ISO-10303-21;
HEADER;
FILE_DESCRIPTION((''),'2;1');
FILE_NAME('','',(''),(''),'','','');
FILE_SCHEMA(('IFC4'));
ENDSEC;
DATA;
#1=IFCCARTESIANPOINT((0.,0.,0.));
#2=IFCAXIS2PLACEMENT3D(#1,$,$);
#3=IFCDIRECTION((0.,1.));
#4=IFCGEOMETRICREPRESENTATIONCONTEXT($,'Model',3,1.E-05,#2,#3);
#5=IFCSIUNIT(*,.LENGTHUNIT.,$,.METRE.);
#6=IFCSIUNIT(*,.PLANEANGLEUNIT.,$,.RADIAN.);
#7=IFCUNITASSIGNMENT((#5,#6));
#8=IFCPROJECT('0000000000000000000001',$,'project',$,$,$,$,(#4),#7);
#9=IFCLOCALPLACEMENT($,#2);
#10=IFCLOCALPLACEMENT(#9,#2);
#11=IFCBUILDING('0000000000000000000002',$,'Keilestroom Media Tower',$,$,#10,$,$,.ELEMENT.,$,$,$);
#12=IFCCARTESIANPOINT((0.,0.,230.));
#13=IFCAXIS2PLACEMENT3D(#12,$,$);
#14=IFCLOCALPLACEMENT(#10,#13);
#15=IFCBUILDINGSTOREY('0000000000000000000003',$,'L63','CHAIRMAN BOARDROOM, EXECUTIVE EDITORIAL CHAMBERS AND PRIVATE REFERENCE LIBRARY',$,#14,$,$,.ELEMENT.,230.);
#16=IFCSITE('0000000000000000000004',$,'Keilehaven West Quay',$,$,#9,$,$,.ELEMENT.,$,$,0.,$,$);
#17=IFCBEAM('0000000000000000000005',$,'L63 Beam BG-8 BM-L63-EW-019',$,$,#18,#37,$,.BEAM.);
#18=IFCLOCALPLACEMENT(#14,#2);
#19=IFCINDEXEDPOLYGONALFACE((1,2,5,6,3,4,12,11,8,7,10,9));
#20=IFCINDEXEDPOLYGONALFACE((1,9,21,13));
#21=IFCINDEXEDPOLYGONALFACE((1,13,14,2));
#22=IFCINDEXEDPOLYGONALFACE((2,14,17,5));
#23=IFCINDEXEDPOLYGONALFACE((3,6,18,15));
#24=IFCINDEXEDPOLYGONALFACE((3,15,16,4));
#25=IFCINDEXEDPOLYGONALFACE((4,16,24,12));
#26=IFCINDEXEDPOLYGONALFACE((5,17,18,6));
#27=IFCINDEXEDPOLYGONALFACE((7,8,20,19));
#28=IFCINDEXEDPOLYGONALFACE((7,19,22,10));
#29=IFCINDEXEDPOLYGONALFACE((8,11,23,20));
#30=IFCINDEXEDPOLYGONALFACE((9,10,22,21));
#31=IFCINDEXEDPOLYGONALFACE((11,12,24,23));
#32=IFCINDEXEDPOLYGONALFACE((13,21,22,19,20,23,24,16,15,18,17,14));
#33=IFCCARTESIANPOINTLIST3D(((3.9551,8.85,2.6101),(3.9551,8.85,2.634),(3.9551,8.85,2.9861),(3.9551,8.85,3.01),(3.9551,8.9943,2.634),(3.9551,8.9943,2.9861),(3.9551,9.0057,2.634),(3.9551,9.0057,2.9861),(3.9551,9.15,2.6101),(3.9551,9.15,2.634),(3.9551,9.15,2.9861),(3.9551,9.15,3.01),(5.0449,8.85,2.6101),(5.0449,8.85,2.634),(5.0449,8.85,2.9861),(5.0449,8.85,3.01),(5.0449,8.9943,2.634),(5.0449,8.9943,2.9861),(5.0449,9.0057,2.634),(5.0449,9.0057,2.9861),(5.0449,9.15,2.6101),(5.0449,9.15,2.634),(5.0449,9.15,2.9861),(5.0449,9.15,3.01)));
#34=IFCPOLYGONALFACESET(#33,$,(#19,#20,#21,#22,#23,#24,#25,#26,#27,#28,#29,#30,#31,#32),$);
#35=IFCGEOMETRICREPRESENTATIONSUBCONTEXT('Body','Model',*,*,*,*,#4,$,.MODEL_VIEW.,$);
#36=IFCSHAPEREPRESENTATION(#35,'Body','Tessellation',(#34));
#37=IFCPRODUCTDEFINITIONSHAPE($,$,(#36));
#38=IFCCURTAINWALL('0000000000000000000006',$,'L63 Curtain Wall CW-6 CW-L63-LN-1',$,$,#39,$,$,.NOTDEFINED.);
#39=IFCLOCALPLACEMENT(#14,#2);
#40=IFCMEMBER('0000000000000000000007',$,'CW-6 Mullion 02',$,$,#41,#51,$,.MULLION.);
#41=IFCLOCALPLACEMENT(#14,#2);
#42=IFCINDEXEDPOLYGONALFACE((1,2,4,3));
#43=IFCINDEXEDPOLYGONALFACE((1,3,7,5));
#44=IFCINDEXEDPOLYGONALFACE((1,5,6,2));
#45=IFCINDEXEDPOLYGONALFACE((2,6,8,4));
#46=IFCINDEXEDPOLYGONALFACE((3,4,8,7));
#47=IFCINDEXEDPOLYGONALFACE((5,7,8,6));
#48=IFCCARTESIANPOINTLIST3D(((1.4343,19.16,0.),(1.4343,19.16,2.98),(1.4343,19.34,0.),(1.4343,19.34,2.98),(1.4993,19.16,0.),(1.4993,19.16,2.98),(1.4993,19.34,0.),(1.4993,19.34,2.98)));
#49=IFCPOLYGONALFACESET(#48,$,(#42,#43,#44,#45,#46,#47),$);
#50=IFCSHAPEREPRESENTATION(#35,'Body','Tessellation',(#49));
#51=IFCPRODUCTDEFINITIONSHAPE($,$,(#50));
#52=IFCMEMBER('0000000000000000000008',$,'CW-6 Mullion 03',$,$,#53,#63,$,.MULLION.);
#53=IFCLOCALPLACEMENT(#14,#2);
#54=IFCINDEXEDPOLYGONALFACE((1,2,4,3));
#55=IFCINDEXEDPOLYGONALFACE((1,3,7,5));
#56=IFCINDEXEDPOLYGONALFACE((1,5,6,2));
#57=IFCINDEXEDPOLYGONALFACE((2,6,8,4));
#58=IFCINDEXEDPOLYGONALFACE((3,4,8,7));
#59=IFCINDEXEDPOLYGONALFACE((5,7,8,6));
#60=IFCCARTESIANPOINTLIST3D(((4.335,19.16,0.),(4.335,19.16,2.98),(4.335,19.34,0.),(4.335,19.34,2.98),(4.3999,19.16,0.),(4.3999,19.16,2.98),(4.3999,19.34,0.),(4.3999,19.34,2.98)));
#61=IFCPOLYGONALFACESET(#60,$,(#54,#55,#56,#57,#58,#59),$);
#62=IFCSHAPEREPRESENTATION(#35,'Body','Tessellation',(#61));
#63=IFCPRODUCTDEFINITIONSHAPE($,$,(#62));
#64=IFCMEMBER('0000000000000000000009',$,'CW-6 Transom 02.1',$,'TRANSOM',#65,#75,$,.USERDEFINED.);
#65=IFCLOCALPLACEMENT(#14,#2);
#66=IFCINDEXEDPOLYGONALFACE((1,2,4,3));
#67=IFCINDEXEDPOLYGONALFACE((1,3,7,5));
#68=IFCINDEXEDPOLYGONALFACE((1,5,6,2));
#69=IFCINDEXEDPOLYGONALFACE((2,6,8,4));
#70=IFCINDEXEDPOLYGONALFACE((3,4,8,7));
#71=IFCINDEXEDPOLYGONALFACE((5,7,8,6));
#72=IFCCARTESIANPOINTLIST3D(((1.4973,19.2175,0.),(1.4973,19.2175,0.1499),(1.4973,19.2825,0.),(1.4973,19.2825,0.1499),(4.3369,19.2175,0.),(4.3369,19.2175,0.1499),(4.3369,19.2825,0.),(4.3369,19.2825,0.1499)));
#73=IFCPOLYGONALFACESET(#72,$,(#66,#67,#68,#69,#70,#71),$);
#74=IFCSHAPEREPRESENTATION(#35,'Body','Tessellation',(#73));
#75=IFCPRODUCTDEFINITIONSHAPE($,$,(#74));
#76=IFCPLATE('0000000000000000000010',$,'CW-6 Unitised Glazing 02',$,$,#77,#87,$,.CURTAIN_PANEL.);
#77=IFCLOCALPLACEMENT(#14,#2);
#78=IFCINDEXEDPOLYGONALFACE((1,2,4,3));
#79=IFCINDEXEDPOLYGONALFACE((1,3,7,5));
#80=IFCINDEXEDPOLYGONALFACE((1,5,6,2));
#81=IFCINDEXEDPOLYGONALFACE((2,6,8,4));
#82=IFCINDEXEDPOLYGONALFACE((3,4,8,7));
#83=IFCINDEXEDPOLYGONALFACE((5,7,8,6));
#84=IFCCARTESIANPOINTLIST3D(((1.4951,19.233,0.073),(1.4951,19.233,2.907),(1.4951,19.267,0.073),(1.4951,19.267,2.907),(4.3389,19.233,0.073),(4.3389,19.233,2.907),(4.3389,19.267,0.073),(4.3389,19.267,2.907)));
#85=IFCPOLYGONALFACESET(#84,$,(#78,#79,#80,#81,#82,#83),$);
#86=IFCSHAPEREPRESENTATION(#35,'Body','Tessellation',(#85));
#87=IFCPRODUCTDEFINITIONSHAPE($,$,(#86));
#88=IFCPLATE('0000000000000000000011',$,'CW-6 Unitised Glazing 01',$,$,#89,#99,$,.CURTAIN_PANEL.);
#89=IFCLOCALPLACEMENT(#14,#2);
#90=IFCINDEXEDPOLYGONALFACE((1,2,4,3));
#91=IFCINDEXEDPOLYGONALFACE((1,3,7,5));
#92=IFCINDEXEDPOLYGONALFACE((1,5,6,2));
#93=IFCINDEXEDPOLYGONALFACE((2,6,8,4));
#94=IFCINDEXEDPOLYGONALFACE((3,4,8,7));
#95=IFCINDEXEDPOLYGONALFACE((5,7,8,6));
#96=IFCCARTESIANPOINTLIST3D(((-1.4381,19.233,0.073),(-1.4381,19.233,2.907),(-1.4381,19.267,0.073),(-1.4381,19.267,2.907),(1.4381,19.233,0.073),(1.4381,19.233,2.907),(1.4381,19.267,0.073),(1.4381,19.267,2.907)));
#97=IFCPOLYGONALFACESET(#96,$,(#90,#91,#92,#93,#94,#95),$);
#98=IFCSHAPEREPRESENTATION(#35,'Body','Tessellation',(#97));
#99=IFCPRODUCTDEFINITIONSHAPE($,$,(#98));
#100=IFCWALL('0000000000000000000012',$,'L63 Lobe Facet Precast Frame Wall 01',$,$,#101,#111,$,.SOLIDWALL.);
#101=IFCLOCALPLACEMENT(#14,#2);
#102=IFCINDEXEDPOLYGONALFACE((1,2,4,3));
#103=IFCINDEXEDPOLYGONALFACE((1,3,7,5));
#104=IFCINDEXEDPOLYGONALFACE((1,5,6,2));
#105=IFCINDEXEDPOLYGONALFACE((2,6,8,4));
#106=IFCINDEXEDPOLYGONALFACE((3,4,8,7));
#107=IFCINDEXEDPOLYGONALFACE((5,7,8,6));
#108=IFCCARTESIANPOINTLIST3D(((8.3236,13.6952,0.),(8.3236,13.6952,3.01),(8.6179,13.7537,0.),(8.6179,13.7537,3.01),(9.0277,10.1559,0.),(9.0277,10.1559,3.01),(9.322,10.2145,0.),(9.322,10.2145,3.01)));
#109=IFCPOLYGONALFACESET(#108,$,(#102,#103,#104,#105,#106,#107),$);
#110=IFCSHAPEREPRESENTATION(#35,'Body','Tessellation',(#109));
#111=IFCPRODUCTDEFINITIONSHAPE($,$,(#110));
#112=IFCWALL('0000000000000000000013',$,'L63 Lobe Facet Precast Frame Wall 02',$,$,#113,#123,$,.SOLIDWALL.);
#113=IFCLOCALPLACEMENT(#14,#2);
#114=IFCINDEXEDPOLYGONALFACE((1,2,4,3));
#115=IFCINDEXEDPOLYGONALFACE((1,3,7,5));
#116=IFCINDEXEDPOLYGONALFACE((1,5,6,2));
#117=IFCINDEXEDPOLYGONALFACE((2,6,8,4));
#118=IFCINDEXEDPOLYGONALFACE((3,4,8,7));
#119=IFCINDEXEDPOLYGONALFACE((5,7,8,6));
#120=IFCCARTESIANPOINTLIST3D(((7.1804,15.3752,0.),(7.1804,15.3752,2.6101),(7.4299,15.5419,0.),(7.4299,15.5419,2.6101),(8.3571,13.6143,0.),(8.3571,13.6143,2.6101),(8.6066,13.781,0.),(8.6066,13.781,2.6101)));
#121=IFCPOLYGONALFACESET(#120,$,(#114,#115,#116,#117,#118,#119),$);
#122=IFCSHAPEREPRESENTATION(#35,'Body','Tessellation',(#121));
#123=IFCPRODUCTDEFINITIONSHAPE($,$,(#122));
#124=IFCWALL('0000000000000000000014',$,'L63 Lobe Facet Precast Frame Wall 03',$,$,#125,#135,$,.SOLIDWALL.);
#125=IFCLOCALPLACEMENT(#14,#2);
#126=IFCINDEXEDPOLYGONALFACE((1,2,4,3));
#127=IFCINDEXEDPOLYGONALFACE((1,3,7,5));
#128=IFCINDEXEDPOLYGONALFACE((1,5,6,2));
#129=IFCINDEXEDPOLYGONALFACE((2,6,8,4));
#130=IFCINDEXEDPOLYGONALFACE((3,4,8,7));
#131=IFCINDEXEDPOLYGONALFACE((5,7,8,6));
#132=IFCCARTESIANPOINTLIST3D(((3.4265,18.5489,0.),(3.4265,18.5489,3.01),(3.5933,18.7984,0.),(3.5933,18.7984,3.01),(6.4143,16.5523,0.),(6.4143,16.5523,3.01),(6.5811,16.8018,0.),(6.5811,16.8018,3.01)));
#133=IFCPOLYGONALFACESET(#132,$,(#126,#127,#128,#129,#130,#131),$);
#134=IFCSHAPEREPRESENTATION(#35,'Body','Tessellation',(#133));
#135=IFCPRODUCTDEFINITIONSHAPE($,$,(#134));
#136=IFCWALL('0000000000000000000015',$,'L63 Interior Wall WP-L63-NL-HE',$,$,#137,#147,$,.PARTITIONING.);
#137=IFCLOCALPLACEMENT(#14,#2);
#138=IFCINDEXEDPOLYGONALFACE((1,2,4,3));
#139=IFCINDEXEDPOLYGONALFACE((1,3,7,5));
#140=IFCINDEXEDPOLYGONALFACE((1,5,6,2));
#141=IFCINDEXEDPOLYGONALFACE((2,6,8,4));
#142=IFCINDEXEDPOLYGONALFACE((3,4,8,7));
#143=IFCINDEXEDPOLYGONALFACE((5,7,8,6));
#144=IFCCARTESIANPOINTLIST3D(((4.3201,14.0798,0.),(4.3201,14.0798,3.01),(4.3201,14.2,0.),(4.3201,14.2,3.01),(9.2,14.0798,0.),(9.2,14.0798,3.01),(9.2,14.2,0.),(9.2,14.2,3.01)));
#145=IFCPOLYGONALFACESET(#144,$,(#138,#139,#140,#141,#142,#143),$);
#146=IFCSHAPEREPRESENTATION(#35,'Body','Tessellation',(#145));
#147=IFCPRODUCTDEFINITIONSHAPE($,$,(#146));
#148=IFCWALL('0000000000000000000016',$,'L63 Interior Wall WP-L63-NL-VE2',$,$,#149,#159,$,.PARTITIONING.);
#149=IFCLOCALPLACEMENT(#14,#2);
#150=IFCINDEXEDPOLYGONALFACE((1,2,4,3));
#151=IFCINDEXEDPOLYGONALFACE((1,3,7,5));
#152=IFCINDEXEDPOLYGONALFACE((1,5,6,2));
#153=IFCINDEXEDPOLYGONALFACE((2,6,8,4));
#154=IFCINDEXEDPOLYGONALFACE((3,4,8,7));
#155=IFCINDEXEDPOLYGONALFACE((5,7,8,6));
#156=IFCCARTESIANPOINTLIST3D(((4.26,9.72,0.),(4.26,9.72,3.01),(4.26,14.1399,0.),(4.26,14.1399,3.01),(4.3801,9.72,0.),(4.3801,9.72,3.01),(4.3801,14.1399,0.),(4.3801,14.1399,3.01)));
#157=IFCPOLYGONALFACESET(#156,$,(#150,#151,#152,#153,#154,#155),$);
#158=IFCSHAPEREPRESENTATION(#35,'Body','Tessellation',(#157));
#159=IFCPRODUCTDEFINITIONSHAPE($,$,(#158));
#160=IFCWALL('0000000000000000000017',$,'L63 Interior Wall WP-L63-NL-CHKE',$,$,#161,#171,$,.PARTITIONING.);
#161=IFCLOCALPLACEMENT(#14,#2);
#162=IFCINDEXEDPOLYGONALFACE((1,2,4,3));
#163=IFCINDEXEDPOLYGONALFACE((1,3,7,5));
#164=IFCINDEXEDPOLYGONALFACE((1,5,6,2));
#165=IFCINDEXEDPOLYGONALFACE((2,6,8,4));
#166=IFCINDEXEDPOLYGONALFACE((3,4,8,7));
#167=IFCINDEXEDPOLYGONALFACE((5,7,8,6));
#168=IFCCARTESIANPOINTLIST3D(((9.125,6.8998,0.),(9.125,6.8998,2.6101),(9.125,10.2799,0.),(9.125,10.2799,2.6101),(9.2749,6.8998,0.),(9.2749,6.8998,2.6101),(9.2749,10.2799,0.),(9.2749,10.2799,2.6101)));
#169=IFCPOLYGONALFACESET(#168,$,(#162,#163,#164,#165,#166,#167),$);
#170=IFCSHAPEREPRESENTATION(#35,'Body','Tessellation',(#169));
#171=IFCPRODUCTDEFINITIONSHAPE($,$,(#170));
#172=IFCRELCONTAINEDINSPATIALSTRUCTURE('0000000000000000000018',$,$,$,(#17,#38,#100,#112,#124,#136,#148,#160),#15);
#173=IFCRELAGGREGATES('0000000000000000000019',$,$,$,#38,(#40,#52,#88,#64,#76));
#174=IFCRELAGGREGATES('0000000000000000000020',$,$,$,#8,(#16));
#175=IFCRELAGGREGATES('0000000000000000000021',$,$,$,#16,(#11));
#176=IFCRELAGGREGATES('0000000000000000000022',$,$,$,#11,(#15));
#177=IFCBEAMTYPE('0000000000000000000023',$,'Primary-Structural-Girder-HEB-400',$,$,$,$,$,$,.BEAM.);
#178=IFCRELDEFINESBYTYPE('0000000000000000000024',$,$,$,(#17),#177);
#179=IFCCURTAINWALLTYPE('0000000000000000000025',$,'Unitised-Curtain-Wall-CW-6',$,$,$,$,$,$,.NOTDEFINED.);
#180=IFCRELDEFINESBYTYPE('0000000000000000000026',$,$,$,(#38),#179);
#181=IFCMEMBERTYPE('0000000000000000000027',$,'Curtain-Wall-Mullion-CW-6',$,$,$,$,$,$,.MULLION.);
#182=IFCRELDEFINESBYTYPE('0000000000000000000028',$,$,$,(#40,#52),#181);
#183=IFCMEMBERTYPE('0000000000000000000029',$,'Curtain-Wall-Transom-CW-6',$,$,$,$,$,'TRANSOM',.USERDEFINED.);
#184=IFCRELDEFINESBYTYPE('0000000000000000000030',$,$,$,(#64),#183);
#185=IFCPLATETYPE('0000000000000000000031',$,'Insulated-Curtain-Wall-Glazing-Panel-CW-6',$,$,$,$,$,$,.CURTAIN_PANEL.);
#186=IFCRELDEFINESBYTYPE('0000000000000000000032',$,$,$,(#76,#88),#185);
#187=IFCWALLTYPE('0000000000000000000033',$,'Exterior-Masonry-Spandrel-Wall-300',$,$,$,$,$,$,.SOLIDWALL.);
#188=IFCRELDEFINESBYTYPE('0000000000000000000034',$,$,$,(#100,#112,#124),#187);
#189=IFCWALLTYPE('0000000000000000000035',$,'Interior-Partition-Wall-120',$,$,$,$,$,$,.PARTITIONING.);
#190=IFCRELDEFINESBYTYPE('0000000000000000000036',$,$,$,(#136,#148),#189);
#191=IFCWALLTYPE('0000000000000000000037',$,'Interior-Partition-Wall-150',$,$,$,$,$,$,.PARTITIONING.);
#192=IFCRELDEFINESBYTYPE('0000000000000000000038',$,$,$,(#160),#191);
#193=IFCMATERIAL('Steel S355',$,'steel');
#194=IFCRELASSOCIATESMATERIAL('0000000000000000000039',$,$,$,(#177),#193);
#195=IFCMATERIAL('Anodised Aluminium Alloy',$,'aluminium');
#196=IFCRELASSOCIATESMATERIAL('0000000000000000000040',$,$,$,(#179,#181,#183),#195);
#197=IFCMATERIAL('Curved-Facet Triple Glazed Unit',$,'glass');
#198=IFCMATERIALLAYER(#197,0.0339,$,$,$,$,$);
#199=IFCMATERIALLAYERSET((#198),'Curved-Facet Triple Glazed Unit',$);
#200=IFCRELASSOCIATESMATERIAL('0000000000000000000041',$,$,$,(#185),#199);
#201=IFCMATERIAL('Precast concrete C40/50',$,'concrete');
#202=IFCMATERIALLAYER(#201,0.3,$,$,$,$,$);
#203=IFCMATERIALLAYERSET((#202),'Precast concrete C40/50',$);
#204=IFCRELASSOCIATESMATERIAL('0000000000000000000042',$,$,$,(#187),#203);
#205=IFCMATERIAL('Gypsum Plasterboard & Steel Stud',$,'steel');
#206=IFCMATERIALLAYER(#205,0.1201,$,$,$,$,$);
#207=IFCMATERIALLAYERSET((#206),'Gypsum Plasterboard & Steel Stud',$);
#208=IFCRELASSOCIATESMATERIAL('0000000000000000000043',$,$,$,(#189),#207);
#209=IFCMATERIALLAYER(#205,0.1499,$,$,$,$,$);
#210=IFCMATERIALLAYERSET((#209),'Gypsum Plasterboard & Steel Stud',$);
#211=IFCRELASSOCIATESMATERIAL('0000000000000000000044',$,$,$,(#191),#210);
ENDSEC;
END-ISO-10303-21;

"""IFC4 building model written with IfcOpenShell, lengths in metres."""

from ifc_helpers import new_model, si_unit, direction, frame, frame_2d, origin, origin_2d, place, context, subcontext, project, spatial, rectangle, i_section, extrude, source, transform, mapped, material, layer, layer_set, material_profile, profile_set, type_object, element, aggregate, save


model = new_model("IFC4")

# Units and contexts
model_context = context("Model", 3, precision=1e-05, world=origin(), true_north=direction((0.0, 1.0)))
body_context = subcontext(model_context, "Body", "Model", "MODEL_VIEW")
ifc_project = project(units=[si_unit("LENGTHUNIT", "METRE"), si_unit("PLANEANGLEUNIT", "RADIAN")], contexts=[model_context])

# Site, building, storey
site_placement = place(None, origin())
site = spatial("IfcSite", under=ifc_project, at=site_placement, Name="Keilehaven West Quay", CompositionType="ELEMENT", RefElevation=0.0)
building_placement = place(site_placement, origin())
building = spatial("IfcBuilding", under=site, at=building_placement, Name="Keilestroom Media Tower", CompositionType="ELEMENT")
storey_placement = place(building_placement, frame((0.0, 0.0, 230.0)))
storey = spatial("IfcBuildingStorey", under=building, at=storey_placement, Name="L63", Description="CHAIRMAN BOARDROOM, EXECUTIVE EDITORIAL CHAMBERS AND PRIVATE REFERENCE LIBRARY", CompositionType="ELEMENT", Elevation=230.0)

# Shared definitions
ifc_material_1 = material(Name="Precast concrete C40/50", Category="concrete")
ifc_material_2 = material(Name="Steel S355", Category="steel")

# Beam
ifc_material_profile_1 = material_profile(ifc_material_2, i_section(OverallWidth=0.3, OverallDepth=0.3999, WebThickness=0.0115, FlangeThickness=0.0239, at=origin_2d()), Name="HEB 400")
ifc_profile_set_1 = profile_set([ifc_material_profile_1], Name="Steel S355")
beam_type = type_object("IfcBeamType", Name="Primary-Structural-Girder-HEB-400", PredefinedType="BEAM", material=ifc_profile_set_1)
shared_shape_1 = source(origin(), body_context, "Body", "SweptSolid", [
    extrude(i_section(OverallWidth=0.3, OverallDepth=0.3999, WebThickness=0.0115, FlangeThickness=0.0239, at=origin_2d()), origin(), (0.0, 0.0, 1.0), 1.0898),
])
beam_1_placement = place(storey_placement, frame((3.9551, 9.0, 2.8101), z_axis=(1.0, 0.0, 0.0), x_axis=(0.0, 1.0, 0.0)))
element("IfcBeam", 1, at=beam_1_placement, inside=storey, type_object=beam_type, Name="L63 Beam BG-8 BM-L63-EW-019", PredefinedType="BEAM", context=body_context, shape_type="MappedRepresentation", body=[
    mapped(shared_shape_1, transform((0.0, 0.0, 0.0), x_axis=(1.0, 0.0, 0.0), y_axis=(0.0, 1.0, 0.0), z_axis=(0.0, 0.0, 1.0), scale=1.0)),
])

# Curtain wall, members, plates
ifc_material_3 = material(Name="Anodised Aluminium Alloy", Category="aluminium")
curtain_wall_type = type_object("IfcCurtainWallType", Name="Unitised-Curtain-Wall-CW-6", PredefinedType="NOTDEFINED", material=ifc_material_3)
curtain_wall_placement = place(storey_placement, origin())
curtain_wall = element("IfcCurtainWall", 2, at=curtain_wall_placement, inside=storey, type_object=curtain_wall_type, Name="L63 Curtain Wall CW-6 CW-L63-LN-1", PredefinedType="NOTDEFINED")
ifc_material_profile_2 = material_profile(ifc_material_3, rectangle(XDim=0.0649, YDim=0.1799, at=origin_2d()), Name="ALU MULLION 65x180")
ifc_profile_set_2 = profile_set([ifc_material_profile_2], Name="Anodised Aluminium Alloy")
member_type_1 = type_object("IfcMemberType", Name="Curtain-Wall-Mullion-CW-6", PredefinedType="MULLION", material=ifc_profile_set_2)
shared_shape_2 = source(origin(), body_context, "Body", "SweptSolid", [
    extrude(rectangle(XDim=0.0649, YDim=0.1799, at=origin_2d()), origin(), (0.0, 0.0, 1.0), 2.98),
])
member_1_placement = place(storey_placement, frame((1.4668, 19.25, 0.0), z_axis=(0.0, 0.0, 1.0), x_axis=(1.0, 0.0, 0.0)))
member_1 = element("IfcMember", 3, at=member_1_placement, type_object=member_type_1, Name="CW-6 Mullion 02", PredefinedType="MULLION", context=body_context, shape_type="MappedRepresentation", body=[
    mapped(shared_shape_2, transform((0.0, 0.0, 0.0), x_axis=(1.0, 0.0, 0.0), y_axis=(0.0, 1.0, 0.0), z_axis=(0.0, 0.0, 1.0), scale=1.0)),
])
member_2_placement = place(storey_placement, frame((4.3674, 19.25, 0.0), z_axis=(0.0, 0.0, 1.0), x_axis=(1.0, 0.0, 0.0)))
member_2 = element("IfcMember", 4, at=member_2_placement, type_object=member_type_1, Name="CW-6 Mullion 03", PredefinedType="MULLION", context=body_context, shape_type="MappedRepresentation", body=[
    mapped(shared_shape_2, transform((0.0, 0.0, 0.0), x_axis=(1.0, 0.0, 0.0), y_axis=(0.0, 1.0, 0.0), z_axis=(0.0, 0.0, 1.0), scale=1.0)),
])
ifc_material_profile_3 = material_profile(ifc_material_3, rectangle(XDim=0.0649, YDim=0.1499, at=origin_2d()), Name="ALU TRANSOM 65x150")
ifc_profile_set_3 = profile_set([ifc_material_profile_3], Name="Anodised Aluminium Alloy")
member_type_2 = type_object("IfcMemberType", Name="Curtain-Wall-Transom-CW-6", ElementType="TRANSOM", PredefinedType="USERDEFINED", material=ifc_profile_set_3)
shared_shape_3 = source(origin(), body_context, "Body", "SweptSolid", [
    extrude(rectangle(XDim=0.0649, YDim=0.1499, at=origin_2d()), origin(), (0.0, 0.0, 1.0), 2.8396),
])
member_3_placement = place(storey_placement, frame((1.4973, 19.25, 0.075), z_axis=(1.0, 0.0, 0.0), x_axis=(0.0, 1.0, 0.0)))
member_3 = element("IfcMember", 5, at=member_3_placement, type_object=member_type_2, Name="CW-6 Transom 02.1", ObjectType="TRANSOM", PredefinedType="USERDEFINED", context=body_context, shape_type="MappedRepresentation", body=[
    mapped(shared_shape_3, transform((0.0, 0.0, 0.0), x_axis=(1.0, 0.0, 0.0), y_axis=(0.0, 1.0, 0.0), z_axis=(0.0, 0.0, 1.0), scale=1.0)),
])
ifc_material_4 = material(Name="Curved-Facet Triple Glazed Unit", Category="glass")
ifc_layer_1 = layer(ifc_material_4, 0.0339)
ifc_layer_set_1 = layer_set([ifc_layer_1], Name="Curved-Facet Triple Glazed Unit")
plate_type = type_object("IfcPlateType", Name="Insulated-Curtain-Wall-Glazing-Panel-CW-6", PredefinedType="CURTAIN_PANEL", material=ifc_layer_set_1)
shared_shape_4 = source(origin(), body_context, "Body", "SweptSolid", [
    extrude(rectangle(XDim=2.8438, YDim=0.0339, at=origin_2d()), origin(), (0.0, 0.0, 1.0), 2.834),
])
plate_1_placement = place(storey_placement, frame((2.917, 19.25, 0.073), z_axis=(0.0, 0.0, 1.0), x_axis=(1.0, 0.0, 0.0)))
plate_1 = element("IfcPlate", 6, at=plate_1_placement, type_object=plate_type, Name="CW-6 Unitised Glazing 02", PredefinedType="CURTAIN_PANEL", context=body_context, shape_type="MappedRepresentation", body=[
    mapped(shared_shape_4, transform((0.0, 0.0, 0.0), x_axis=(1.0, 0.0, 0.0), y_axis=(0.0, 1.0, 0.0), z_axis=(0.0, 0.0, 1.0), scale=1.0)),
])
shared_shape_5 = source(origin(), body_context, "Body", "SweptSolid", [
    extrude(rectangle(XDim=2.8762, YDim=0.0339, at=origin_2d()), origin(), (0.0, 0.0, 1.0), 2.834),
])
plate_2_placement = place(storey_placement, frame((0.0, 19.25, 0.073), z_axis=(0.0, 0.0, 1.0), x_axis=(1.0, 0.0, 0.0)))
plate_2 = element("IfcPlate", 7, at=plate_2_placement, type_object=plate_type, Name="CW-6 Unitised Glazing 01", PredefinedType="CURTAIN_PANEL", context=body_context, shape_type="MappedRepresentation", body=[
    mapped(shared_shape_5, transform((0.0, 0.0, 0.0), x_axis=(1.0, 0.0, 0.0), y_axis=(0.0, 1.0, 0.0), z_axis=(0.0, 0.0, 1.0), scale=1.0)),
])
aggregate(curtain_wall, [member_1, member_2, plate_2, member_3, plate_1])

# Walls
ifc_layer_2 = layer(ifc_material_1, 0.3)
ifc_layer_set_2 = layer_set([ifc_layer_2], Name="Precast concrete C40/50")
wall_type_1 = type_object("IfcWallType", Name="Exterior-Masonry-Spandrel-Wall-300", PredefinedType="SOLIDWALL", material=ifc_layer_set_2)
wall_1_placement = place(storey_placement, frame((9.1748, 10.1853, 0.0), z_axis=(0.0, 0.0, 1.0), x_axis=(-0.195114, 0.980781, 0.0)))
element("IfcWall", 8, at=wall_1_placement, inside=storey, type_object=wall_type_1, Name="L63 Lobe Facet Precast Frame Wall 01", PredefinedType="SOLIDWALL", context=body_context, shape_type="SweptSolid", body=[
    extrude(rectangle(XDim=3.6086, YDim=0.3, at=frame_2d((1.8042, 0.0))), origin(), (0.0, 0.0, 1.0), 3.01),
])
wall_2_placement = place(storey_placement, frame((8.4819, 13.6975, 0.0), z_axis=(0.0, 0.0, 1.0), x_axis=(-0.555604, 0.831447, 0.0)))
element("IfcWall", 9, at=wall_2_placement, inside=storey, type_object=wall_type_1, Name="L63 Lobe Facet Precast Frame Wall 02", PredefinedType="SOLIDWALL", context=body_context, shape_type="SweptSolid", body=[
    extrude(rectangle(XDim=2.1179, YDim=0.3, at=frame_2d((1.0591, 0.0))), origin(), (0.0, 0.0, 1.0), 2.6101),
])
wall_3_placement = place(storey_placement, frame((6.4978, 16.677, 0.0), z_axis=(0.0, 0.0, 1.0), x_axis=(-0.831444, 0.555609, 0.0)))
element("IfcWall", 10, at=wall_3_placement, inside=storey, type_object=wall_type_1, Name="L63 Lobe Facet Precast Frame Wall 03", PredefinedType="SOLIDWALL", context=body_context, shape_type="SweptSolid", body=[
    extrude(rectangle(XDim=3.5935, YDim=0.3, at=frame_2d((1.7969, 0.0))), origin(), (0.0, 0.0, 1.0), 3.01),
])
ifc_material_5 = material(Name="Gypsum Plasterboard & Steel Stud", Category="steel")
ifc_layer_3 = layer(ifc_material_5, 0.1201)
ifc_layer_set_3 = layer_set([ifc_layer_3], Name="Gypsum Plasterboard & Steel Stud")
wall_type_2 = type_object("IfcWallType", Name="Interior-Partition-Wall-120", PredefinedType="PARTITIONING", material=ifc_layer_set_3)
wall_4_placement = place(storey_placement, frame((4.3201, 14.1399, 0.0), z_axis=(0.0, 0.0, 1.0), x_axis=(1.0, 0.0, 0.0)))
element("IfcWall", 11, at=wall_4_placement, inside=storey, type_object=wall_type_2, Name="L63 Interior Wall WP-L63-NL-HE", PredefinedType="PARTITIONING", context=body_context, shape_type="SweptSolid", body=[
    extrude(rectangle(XDim=4.8799, YDim=0.1201, at=frame_2d((2.4399, 0.0))), origin(), (0.0, 0.0, 1.0), 3.01),
])
wall_5_placement = place(storey_placement, frame((4.3201, 9.72, 0.0), z_axis=(0.0, 0.0, 1.0), x_axis=(0.0, 1.0, 0.0)))
element("IfcWall", 12, at=wall_5_placement, inside=storey, type_object=wall_type_2, Name="L63 Interior Wall WP-L63-NL-VE2", PredefinedType="PARTITIONING", context=body_context, shape_type="SweptSolid", body=[
    extrude(rectangle(XDim=4.4199, YDim=0.1201, at=frame_2d((2.21, 0.0))), origin(), (0.0, 0.0, 1.0), 3.01),
])
ifc_layer_4 = layer(ifc_material_5, 0.1499)
ifc_layer_set_4 = layer_set([ifc_layer_4], Name="Gypsum Plasterboard & Steel Stud")
wall_type_3 = type_object("IfcWallType", Name="Interior-Partition-Wall-150", PredefinedType="PARTITIONING", material=ifc_layer_set_4)
wall_6_placement = place(storey_placement, frame((9.2, 6.8999, 0.0), z_axis=(0.0, 0.0, 1.0), x_axis=(0.0, 1.0, 0.0)))
element("IfcWall", 13, at=wall_6_placement, inside=storey, type_object=wall_type_3, Name="L63 Interior Wall WP-L63-NL-CHKE", PredefinedType="PARTITIONING", context=body_context, shape_type="SweptSolid", body=[
    extrude(rectangle(XDim=3.3801, YDim=0.1499, at=frame_2d((1.6899, 0.0))), origin(), (0.0, 0.0, 1.0), 2.6101),
])

save(model, "model.ifc")
